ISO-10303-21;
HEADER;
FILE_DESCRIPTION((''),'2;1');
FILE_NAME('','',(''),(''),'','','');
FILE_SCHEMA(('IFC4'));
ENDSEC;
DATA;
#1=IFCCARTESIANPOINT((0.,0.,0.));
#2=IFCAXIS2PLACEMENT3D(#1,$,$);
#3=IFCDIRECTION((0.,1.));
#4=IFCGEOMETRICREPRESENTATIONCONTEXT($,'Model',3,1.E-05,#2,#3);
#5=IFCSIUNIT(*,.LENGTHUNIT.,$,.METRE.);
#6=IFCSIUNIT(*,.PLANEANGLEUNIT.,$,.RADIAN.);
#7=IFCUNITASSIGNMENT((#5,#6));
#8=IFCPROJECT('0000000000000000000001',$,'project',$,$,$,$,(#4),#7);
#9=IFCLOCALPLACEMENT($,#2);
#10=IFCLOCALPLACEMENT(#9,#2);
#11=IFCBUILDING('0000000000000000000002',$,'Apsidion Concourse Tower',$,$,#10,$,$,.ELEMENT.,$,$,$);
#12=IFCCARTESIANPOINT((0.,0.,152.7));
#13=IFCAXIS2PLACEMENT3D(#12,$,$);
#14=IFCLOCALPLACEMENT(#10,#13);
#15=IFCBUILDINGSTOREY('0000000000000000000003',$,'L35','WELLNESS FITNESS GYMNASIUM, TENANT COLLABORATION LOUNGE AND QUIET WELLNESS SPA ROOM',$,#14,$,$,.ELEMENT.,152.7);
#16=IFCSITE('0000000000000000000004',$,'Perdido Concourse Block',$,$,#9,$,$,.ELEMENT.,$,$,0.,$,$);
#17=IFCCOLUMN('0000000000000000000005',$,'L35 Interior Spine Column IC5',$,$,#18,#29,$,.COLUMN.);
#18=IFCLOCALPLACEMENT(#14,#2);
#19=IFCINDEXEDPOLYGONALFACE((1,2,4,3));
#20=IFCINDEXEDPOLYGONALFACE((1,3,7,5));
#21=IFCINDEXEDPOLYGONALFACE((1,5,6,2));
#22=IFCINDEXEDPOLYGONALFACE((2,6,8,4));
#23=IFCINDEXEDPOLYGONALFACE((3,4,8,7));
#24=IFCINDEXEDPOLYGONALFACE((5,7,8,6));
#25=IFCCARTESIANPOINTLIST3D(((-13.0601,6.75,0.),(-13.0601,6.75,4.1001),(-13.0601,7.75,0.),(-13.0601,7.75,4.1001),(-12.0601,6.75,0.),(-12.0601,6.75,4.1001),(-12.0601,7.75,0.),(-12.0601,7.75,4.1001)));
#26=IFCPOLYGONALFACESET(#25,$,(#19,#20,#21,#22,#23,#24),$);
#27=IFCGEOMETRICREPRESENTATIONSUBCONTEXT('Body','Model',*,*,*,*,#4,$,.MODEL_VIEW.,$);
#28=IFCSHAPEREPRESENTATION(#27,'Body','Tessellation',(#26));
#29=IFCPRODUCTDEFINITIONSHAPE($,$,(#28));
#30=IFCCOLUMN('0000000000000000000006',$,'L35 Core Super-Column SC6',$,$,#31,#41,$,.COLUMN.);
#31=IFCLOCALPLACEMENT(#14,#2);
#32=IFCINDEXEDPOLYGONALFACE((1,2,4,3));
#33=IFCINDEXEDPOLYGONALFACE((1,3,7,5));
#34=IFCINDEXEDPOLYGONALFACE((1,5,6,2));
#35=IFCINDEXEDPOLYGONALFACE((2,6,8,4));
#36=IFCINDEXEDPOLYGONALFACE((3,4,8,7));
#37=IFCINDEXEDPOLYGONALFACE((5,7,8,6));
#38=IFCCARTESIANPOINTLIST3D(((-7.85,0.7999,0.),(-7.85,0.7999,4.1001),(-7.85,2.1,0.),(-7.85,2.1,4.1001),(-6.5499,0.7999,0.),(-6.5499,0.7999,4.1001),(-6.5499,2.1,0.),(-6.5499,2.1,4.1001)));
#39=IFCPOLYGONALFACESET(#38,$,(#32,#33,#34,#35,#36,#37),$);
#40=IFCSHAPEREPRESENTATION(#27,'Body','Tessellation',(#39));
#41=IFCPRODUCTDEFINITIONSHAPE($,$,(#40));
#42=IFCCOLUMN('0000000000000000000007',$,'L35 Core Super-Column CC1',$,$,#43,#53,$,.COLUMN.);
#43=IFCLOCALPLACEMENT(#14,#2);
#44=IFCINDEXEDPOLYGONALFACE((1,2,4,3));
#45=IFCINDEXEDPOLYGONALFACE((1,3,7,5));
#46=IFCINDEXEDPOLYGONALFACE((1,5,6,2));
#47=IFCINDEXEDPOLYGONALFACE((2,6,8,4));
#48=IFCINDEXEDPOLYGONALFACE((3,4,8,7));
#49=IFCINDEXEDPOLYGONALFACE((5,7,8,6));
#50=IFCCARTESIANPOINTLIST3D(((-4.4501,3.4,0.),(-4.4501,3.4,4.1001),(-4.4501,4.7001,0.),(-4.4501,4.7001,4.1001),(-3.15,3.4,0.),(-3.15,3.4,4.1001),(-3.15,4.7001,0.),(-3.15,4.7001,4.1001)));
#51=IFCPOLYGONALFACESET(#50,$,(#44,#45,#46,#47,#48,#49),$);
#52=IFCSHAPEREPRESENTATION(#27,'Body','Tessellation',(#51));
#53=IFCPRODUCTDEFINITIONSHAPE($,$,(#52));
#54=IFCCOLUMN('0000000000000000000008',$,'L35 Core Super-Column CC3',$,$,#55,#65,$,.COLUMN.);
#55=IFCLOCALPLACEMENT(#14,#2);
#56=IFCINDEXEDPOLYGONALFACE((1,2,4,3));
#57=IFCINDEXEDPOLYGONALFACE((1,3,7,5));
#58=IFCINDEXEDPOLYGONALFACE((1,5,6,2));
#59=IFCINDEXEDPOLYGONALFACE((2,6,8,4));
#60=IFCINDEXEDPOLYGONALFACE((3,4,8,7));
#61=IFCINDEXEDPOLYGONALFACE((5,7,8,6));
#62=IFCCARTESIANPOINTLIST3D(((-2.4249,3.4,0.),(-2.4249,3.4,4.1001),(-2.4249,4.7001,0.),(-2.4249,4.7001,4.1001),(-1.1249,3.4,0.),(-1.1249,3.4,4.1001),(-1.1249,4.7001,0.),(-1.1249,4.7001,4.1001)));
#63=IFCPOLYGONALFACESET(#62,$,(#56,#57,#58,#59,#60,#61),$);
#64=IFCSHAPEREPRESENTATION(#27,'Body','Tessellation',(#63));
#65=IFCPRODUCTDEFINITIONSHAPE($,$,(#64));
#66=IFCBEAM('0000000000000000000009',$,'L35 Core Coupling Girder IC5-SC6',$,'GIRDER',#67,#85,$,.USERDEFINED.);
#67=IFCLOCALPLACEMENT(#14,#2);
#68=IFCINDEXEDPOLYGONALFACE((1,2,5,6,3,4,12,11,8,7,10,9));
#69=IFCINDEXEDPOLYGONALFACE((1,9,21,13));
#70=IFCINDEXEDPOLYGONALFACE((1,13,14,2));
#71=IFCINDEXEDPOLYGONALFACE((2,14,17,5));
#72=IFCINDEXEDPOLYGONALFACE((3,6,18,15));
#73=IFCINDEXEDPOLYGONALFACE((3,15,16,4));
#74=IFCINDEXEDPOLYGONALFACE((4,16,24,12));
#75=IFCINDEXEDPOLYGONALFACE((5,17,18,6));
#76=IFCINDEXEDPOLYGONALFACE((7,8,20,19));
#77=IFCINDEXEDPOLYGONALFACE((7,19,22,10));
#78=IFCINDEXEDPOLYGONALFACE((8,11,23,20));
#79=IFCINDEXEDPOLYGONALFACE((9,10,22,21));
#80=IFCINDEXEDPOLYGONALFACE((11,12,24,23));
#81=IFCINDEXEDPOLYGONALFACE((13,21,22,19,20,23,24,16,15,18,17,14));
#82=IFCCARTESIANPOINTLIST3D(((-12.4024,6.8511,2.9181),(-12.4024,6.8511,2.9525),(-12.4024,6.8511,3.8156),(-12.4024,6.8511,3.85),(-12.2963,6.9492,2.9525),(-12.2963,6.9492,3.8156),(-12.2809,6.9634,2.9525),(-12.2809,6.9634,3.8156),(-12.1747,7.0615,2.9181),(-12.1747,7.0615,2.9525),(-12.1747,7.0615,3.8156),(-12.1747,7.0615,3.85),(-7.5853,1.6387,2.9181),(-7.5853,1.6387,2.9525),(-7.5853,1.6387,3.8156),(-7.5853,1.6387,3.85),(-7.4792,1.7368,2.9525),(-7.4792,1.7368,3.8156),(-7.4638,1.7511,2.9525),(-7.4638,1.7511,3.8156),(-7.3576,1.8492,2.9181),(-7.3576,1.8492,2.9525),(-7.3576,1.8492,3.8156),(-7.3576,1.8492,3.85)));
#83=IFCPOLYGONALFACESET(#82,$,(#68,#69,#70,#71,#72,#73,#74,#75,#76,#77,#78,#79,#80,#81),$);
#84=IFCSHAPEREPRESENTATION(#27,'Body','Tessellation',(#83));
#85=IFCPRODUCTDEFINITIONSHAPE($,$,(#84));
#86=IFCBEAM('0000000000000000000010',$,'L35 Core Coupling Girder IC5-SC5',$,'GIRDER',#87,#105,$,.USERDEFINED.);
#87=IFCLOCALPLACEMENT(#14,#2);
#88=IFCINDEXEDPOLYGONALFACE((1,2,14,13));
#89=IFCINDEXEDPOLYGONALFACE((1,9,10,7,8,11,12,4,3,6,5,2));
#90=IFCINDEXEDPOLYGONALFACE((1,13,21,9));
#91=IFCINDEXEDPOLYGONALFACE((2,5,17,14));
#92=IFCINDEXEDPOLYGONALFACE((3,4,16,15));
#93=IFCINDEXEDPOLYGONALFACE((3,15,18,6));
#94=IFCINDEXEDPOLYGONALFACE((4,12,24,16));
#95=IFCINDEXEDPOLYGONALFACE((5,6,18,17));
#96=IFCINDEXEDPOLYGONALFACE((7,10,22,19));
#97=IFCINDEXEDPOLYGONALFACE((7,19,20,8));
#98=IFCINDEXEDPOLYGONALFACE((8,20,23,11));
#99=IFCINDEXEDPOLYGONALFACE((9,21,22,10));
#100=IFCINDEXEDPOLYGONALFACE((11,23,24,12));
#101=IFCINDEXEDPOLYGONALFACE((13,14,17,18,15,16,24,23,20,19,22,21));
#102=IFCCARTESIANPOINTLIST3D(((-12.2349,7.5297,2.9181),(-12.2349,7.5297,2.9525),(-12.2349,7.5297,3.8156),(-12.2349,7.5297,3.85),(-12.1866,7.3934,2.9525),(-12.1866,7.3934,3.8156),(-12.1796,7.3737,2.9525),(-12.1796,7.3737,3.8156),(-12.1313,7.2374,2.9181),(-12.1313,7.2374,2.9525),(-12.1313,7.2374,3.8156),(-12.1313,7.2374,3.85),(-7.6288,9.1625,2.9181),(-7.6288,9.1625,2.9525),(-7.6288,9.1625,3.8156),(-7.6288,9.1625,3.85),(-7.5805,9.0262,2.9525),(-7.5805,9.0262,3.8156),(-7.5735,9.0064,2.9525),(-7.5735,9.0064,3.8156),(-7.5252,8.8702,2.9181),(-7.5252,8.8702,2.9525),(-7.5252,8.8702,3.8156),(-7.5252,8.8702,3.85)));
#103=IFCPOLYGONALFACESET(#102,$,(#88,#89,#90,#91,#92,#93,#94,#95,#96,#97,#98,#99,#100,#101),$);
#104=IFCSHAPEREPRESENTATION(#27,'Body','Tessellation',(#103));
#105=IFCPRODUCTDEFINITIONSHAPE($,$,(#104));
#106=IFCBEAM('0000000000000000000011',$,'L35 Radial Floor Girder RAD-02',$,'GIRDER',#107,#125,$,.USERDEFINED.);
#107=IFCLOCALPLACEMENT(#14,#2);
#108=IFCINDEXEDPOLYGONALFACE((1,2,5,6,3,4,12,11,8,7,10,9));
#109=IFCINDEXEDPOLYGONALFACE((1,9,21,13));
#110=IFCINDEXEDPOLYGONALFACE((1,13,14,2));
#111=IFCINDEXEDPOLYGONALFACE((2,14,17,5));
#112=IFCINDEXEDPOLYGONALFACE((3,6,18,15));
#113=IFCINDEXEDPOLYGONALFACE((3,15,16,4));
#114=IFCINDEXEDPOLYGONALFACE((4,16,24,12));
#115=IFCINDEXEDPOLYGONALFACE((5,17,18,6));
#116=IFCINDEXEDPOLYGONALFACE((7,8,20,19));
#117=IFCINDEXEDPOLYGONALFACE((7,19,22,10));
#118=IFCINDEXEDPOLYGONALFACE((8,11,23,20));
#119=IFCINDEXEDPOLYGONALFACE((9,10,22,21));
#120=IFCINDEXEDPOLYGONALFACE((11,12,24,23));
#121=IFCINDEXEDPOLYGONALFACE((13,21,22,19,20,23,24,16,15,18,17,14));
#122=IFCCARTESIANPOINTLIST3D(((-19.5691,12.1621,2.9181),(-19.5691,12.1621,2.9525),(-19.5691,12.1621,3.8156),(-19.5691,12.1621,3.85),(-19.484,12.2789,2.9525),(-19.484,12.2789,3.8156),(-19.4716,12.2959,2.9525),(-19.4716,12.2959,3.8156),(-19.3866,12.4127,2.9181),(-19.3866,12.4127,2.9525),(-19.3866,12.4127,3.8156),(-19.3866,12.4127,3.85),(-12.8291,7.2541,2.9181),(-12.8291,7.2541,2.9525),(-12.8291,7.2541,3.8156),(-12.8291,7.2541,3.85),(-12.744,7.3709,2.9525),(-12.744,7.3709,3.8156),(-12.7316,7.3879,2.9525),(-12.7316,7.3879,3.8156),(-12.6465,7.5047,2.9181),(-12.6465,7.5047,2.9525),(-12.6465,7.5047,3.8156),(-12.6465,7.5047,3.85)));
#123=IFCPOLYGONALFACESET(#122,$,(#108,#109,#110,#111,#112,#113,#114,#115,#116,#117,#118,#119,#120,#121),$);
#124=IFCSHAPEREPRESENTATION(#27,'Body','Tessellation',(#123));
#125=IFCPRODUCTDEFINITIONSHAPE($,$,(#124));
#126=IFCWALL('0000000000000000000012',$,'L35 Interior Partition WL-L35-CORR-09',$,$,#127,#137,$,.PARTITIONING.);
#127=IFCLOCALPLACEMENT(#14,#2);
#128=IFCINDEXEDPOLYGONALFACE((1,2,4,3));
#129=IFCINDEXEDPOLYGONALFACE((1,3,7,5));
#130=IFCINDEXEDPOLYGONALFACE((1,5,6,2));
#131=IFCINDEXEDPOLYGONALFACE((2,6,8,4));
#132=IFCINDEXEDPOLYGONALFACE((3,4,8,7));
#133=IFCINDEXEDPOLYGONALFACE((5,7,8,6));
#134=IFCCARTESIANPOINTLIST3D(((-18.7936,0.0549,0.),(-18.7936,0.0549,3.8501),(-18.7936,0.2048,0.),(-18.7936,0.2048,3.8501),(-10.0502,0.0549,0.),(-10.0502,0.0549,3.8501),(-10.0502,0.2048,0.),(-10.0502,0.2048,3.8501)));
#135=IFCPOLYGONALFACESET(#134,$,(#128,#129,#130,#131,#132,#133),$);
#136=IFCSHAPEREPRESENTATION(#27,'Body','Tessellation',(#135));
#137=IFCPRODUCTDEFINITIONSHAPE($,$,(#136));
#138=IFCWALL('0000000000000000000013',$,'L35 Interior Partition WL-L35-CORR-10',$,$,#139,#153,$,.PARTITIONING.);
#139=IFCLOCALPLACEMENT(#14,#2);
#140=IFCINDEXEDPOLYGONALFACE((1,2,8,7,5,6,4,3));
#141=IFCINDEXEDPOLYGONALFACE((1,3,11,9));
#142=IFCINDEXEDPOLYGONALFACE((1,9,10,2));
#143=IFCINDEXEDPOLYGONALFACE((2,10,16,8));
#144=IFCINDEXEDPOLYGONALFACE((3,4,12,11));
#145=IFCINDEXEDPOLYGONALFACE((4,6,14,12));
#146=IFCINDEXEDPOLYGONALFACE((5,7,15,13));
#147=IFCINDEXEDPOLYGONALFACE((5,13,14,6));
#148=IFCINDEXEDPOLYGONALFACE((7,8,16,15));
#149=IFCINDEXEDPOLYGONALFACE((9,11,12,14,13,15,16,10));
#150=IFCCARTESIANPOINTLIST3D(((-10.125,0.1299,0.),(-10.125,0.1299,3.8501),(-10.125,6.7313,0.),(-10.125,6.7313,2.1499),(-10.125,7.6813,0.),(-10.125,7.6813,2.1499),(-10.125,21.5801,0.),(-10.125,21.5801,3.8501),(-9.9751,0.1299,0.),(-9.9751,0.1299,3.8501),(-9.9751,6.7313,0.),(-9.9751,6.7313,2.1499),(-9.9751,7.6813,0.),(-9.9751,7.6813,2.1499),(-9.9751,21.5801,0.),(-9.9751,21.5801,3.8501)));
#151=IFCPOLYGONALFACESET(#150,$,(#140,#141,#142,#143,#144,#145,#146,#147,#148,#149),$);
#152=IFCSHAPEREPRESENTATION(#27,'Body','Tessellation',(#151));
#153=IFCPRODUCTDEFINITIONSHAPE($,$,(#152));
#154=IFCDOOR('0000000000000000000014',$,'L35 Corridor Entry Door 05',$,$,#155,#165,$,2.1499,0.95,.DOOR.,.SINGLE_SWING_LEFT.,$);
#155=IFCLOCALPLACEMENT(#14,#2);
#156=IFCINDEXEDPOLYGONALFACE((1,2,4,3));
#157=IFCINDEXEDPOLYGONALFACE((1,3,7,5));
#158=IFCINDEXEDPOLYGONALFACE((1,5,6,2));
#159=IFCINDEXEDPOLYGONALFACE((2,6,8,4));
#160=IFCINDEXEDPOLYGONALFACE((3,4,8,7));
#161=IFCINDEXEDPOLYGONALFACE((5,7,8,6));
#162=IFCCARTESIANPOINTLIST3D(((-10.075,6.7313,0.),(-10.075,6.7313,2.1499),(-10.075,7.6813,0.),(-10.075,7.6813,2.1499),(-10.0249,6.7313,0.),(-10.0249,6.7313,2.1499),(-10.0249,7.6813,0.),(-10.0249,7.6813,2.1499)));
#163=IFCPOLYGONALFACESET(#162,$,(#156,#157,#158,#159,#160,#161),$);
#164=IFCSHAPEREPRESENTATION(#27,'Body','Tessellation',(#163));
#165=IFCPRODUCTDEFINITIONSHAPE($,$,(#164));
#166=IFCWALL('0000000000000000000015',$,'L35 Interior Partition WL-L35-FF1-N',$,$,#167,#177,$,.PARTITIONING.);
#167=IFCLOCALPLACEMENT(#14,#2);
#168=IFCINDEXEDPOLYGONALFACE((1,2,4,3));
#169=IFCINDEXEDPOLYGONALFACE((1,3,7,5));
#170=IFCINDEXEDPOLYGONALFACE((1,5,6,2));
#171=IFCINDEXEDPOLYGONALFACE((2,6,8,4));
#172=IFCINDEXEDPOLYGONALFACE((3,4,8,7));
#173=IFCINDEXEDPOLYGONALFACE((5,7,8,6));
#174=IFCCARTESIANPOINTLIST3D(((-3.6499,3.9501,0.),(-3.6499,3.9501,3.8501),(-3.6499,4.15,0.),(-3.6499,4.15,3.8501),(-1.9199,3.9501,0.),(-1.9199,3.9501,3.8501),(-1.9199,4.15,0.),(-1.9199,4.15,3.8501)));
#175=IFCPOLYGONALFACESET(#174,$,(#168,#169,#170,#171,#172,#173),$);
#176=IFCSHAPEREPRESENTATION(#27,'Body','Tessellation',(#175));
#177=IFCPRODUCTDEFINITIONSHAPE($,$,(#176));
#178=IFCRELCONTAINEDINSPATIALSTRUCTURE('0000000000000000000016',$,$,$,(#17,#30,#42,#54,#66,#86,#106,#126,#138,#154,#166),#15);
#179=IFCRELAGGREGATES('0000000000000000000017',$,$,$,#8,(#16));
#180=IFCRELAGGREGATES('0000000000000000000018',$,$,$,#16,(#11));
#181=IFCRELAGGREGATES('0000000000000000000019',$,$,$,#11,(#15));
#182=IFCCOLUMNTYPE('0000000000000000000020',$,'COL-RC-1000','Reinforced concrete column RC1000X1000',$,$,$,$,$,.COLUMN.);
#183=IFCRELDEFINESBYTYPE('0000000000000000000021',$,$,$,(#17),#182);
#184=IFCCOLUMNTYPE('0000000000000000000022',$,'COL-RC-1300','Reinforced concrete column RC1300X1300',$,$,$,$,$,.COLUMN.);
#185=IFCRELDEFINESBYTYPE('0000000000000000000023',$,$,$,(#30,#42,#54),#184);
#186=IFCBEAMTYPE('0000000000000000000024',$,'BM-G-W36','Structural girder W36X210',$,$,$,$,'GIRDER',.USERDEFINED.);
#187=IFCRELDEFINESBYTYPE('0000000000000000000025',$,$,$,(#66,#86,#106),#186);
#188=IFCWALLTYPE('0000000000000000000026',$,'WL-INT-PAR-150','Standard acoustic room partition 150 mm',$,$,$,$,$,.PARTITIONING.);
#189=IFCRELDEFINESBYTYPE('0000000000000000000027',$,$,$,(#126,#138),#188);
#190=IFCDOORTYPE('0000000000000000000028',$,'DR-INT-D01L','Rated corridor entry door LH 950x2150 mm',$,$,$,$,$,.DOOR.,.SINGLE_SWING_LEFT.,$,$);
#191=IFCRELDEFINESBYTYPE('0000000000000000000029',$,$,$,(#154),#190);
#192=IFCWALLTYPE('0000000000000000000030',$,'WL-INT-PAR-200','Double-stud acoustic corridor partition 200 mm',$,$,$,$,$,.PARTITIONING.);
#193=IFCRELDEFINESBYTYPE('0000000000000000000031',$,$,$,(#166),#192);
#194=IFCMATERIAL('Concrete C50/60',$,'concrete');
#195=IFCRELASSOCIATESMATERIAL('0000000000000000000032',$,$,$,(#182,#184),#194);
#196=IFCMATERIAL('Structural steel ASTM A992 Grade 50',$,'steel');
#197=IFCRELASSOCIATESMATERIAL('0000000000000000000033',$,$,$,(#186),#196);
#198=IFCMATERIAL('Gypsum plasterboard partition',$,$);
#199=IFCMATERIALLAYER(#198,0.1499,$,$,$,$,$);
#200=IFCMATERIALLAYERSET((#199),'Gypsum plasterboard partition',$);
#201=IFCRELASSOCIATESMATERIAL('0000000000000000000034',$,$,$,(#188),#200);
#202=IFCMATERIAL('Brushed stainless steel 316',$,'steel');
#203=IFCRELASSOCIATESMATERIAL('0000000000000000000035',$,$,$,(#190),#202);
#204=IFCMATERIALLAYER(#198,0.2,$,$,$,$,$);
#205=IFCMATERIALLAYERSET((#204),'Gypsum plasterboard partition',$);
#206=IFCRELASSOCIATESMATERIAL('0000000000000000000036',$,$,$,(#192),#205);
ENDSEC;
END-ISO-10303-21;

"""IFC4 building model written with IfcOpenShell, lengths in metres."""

from ifc_helpers import new_model, si_unit, direction, frame, frame_2d, origin, origin_2d, place, context, subcontext, project, spatial, rectangle, i_section, extrude, material, layer, layer_set, material_profile, profile_set, type_object, element, fill, save


model = new_model("IFC4")

# Units and contexts
model_context = context("Model", 3, precision=1e-05, world=origin(), true_north=direction((0.0, 1.0)))
body_context = subcontext(model_context, "Body", "Model", "MODEL_VIEW")
ifc_project = project(units=[si_unit("LENGTHUNIT", "METRE"), si_unit("PLANEANGLEUNIT", "RADIAN")], contexts=[model_context])

# Site, building, storey
site_placement = place(None, origin())
site = spatial("IfcSite", under=ifc_project, at=site_placement, Name="Perdido Concourse Block", CompositionType="ELEMENT", RefElevation=0.0)
building_placement = place(site_placement, origin())
building = spatial("IfcBuilding", under=site, at=building_placement, Name="Apsidion Concourse Tower", CompositionType="ELEMENT")
storey_placement = place(building_placement, frame((0.0, 0.0, 152.7)))
storey = spatial("IfcBuildingStorey", under=building, at=storey_placement, Name="L35", Description="WELLNESS FITNESS GYMNASIUM, TENANT COLLABORATION LOUNGE AND QUIET WELLNESS SPA ROOM", CompositionType="ELEMENT", Elevation=152.7)

# Columns
ifc_material_1 = material(Name="Concrete C50/60", Category="concrete")
ifc_material_profile_1 = material_profile(ifc_material_1, rectangle(XDim=1.0, YDim=1.0, at=origin_2d()), Name="RC 1000x1000")
ifc_profile_set_1 = profile_set([ifc_material_profile_1], Name="Concrete C50/60")
column_type_1 = type_object("IfcColumnType", Name="COL-RC-1000", Description="Reinforced concrete column RC1000X1000", PredefinedType="COLUMN", material=ifc_profile_set_1)
column_placement = place(storey_placement, frame((-12.5601, 7.25, 0.0), z_axis=(0.0, 0.0, 1.0), x_axis=(1.0, 0.0, 0.0)))
element("IfcColumn", 1, at=column_placement, inside=storey, type_object=column_type_1, Name="L35 Interior Spine Column IC5", PredefinedType="COLUMN", context=body_context, shape_type="SweptSolid", body=[
    extrude(rectangle(XDim=1.0, YDim=1.0, at=origin_2d()), origin(), (0.0, 0.0, 1.0), 4.1001),
])
ifc_material_profile_2 = material_profile(ifc_material_1, rectangle(XDim=1.3, YDim=1.3, at=origin_2d()), Name="RC 1300x1300")
ifc_profile_set_2 = profile_set([ifc_material_profile_2], Name="Concrete C50/60")
column_type_2 = type_object("IfcColumnType", Name="COL-RC-1300", Description="Reinforced concrete column RC1300X1300", PredefinedType="COLUMN", material=ifc_profile_set_2)
for number, where, z_axis, x_axis, name in (
    (2, (-7.2, 1.45, 0.0), (0.0, 0.0, 1.0), (1.0, 0.0, 0.0), "L35 Core Super-Column SC6"),
    (3, (-3.8, 4.05, 0.0), (0.0, 0.0, 1.0), (1.0, 0.0, 0.0), "L35 Core Super-Column CC1"),
    (4, (-1.7749, 4.05, 0.0), (0.0, 0.0, 1.0), (1.0, 0.0, 0.0), "L35 Core Super-Column CC3"),
):
    element("IfcColumn", number, at=place(storey_placement, frame(where, z_axis=z_axis, x_axis=x_axis)), inside=storey, type_object=column_type_2, Name=name, PredefinedType="COLUMN", context=body_context, shape_type="SweptSolid", body=[
        extrude(rectangle(XDim=1.3, YDim=1.3, at=origin_2d()), origin(), (0.0, 0.0, 1.0), 4.1001),
    ])

# Beams
ifc_material_2 = material(Name="Structural steel ASTM A992 Grade 50", Category="steel")
ifc_material_profile_3 = material_profile(ifc_material_2, i_section(OverallWidth=0.3101, OverallDepth=0.9319, WebThickness=0.021, FlangeThickness=0.0344, at=origin_2d()), Name="W36X210")
ifc_profile_set_3 = profile_set([ifc_material_profile_3], Name="Structural steel ASTM A992 Grade 50")
beam_type = type_object("IfcBeamType", Name="BM-G-W36", Description="Structural girder W36X210", ElementType="GIRDER", PredefinedType="USERDEFINED", material=ifc_profile_set_3)
beam_1_placement = place(storey_placement, frame((-12.2886, 6.9563, 3.384), z_axis=(0.678713, -0.734404, 0.0), x_axis=(0.734404, 0.678713, 0.0)))
element("IfcBeam", 5, at=beam_1_placement, inside=storey, type_object=beam_type, Name="L35 Core Coupling Girder IC5-SC6", ObjectType="GIRDER", PredefinedType="USERDEFINED", context=body_context, shape_type="SweptSolid", body=[
    extrude(i_section(OverallWidth=0.3101, OverallDepth=0.9319, WebThickness=0.021, FlangeThickness=0.0344, at=origin_2d()), origin(), (0.0, 0.0, 1.0), 7.0974),
])
beam_2_placement = place(storey_placement, frame((-12.1831, 7.3835, 3.384), z_axis=(0.942534, 0.334111, 0.0), x_axis=(-0.334111, 0.942534, 0.0)))
element("IfcBeam", 6, at=beam_2_placement, inside=storey, type_object=beam_type, Name="L35 Core Coupling Girder IC5-SC5", ObjectType="GIRDER", PredefinedType="USERDEFINED", context=body_context, shape_type="SweptSolid", body=[
    extrude(i_section(OverallWidth=0.3101, OverallDepth=0.9319, WebThickness=0.021, FlangeThickness=0.0344, at=origin_2d()), origin(), (0.0, 0.0, 1.0), 4.887),
])
beam_3_placement = place(storey_placement, frame((-12.7378, 7.3794, 3.384), z_axis=(-0.808385, 0.588654, 0.0), x_axis=(-0.588654, -0.808385, 0.0)))
element("IfcBeam", 7, at=beam_3_placement, inside=storey, type_object=beam_type, Name="L35 Radial Floor Girder RAD-02", ObjectType="GIRDER", PredefinedType="USERDEFINED", context=body_context, shape_type="SweptSolid", body=[
    extrude(i_section(OverallWidth=0.3101, OverallDepth=0.9319, WebThickness=0.021, FlangeThickness=0.0344, at=origin_2d()), origin(), (0.0, 0.0, 1.0), 8.3376),
])

# Wall
ifc_material_3 = material(Name="Gypsum plasterboard partition")
ifc_layer_1 = layer(ifc_material_3, 0.1499)
ifc_layer_set_1 = layer_set([ifc_layer_1], Name="Gypsum plasterboard partition")
wall_type_1 = type_object("IfcWallType", Name="WL-INT-PAR-150", Description="Standard acoustic room partition 150 mm", PredefinedType="PARTITIONING", material=ifc_layer_set_1)
wall_1_placement = place(storey_placement, frame((-18.7935, 0.1299, 0.0), z_axis=(0.0, 0.0, 1.0), x_axis=(1.0, 0.0, 0.0)))
element("IfcWall", 8, at=wall_1_placement, inside=storey, type_object=wall_type_1, Name="L35 Interior Partition WL-L35-CORR-09", PredefinedType="PARTITIONING", context=body_context, shape_type="SweptSolid", body=[
    extrude(rectangle(XDim=8.7434, YDim=0.1499, at=frame_2d((4.3716, 0.0))), origin(), (0.0, 0.0, 1.0), 3.8501),
])

# Wall, opening, door
wall_2_placement = place(storey_placement, frame((-10.05, 0.1299, 0.0), z_axis=(0.0, 0.0, 1.0), x_axis=(0.0, 1.0, 0.0)))
wall_2 = element("IfcWall", 9, at=wall_2_placement, inside=storey, type_object=wall_type_1, Name="L35 Interior Partition WL-L35-CORR-10", PredefinedType="PARTITIONING", context=body_context, shape_type="SweptSolid", body=[
    extrude(rectangle(XDim=21.4502, YDim=0.1499, at=frame_2d((10.7251, 0.0))), origin(), (0.0, 0.0, 1.0), 3.8501),
])
opening_1_placement = place(wall_2_placement, frame((6.6013, 0.0, 0.0)))
opening_1 = element("IfcOpeningElement", 10, at=opening_1_placement, cuts=wall_2, PredefinedType="OPENING", context=body_context, shape_type="SweptSolid", body=[
    extrude(rectangle(XDim=0.95, YDim=2.1499, at=frame_2d((0.4751, 1.075))), frame((0.0, 0.085, 0.0), z_axis=(0.0, -1.0, 0.0), x_axis=(1.0, 0.0, 0.0)), (0.0, 0.0, 1.0), 0.1699),
])
ifc_material_4 = material(Name="Brushed stainless steel 316", Category="steel")
door_type_1 = type_object("IfcDoorType", Name="DR-INT-D01L", Description="Rated corridor entry door LH 950x2150 mm", OperationType="SINGLE_SWING_LEFT", PredefinedType="DOOR", material=ifc_material_4)
door_1_placement = place(opening_1_placement, origin())
door_1 = element("IfcDoor", 11, at=door_1_placement, inside=storey, type_object=door_type_1, Name="L35 Corridor Entry Door 05", OperationType="SINGLE_SWING_LEFT", OverallHeight=2.1499, OverallWidth=0.95, PredefinedType="DOOR", context=body_context, shape_type="SweptSolid", body=[
    extrude(rectangle(XDim=0.95, YDim=2.1499, at=frame_2d((0.4751, 1.075))), frame((0.0, 0.0249, 0.0), z_axis=(0.0, -1.0, 0.0), x_axis=(1.0, 0.0, 0.0)), (0.0, 0.0, 1.0), 0.05),
])
fill(opening_1, door_1)

# Wall
ifc_layer_2 = layer(ifc_material_3, 0.2)
ifc_layer_set_2 = layer_set([ifc_layer_2], Name="Gypsum plasterboard partition")
wall_type_2 = type_object("IfcWallType", Name="WL-INT-PAR-200", Description="Double-stud acoustic corridor partition 200 mm", PredefinedType="PARTITIONING", material=ifc_layer_set_2)
wall_3_placement = place(storey_placement, frame((-3.6499, 4.05, 0.0), z_axis=(0.0, 0.0, 1.0), x_axis=(1.0, 0.0, 0.0)))
element("IfcWall", 12, at=wall_3_placement, inside=storey, type_object=wall_type_2, Name="L35 Interior Partition WL-L35-FF1-N", PredefinedType="PARTITIONING", context=body_context, shape_type="SweptSolid", body=[
    extrude(rectangle(XDim=1.73, YDim=0.2, at=frame_2d((0.865, 0.0))), origin(), (0.0, 0.0, 1.0), 3.8501),
])

save(model, "model.ifc")
